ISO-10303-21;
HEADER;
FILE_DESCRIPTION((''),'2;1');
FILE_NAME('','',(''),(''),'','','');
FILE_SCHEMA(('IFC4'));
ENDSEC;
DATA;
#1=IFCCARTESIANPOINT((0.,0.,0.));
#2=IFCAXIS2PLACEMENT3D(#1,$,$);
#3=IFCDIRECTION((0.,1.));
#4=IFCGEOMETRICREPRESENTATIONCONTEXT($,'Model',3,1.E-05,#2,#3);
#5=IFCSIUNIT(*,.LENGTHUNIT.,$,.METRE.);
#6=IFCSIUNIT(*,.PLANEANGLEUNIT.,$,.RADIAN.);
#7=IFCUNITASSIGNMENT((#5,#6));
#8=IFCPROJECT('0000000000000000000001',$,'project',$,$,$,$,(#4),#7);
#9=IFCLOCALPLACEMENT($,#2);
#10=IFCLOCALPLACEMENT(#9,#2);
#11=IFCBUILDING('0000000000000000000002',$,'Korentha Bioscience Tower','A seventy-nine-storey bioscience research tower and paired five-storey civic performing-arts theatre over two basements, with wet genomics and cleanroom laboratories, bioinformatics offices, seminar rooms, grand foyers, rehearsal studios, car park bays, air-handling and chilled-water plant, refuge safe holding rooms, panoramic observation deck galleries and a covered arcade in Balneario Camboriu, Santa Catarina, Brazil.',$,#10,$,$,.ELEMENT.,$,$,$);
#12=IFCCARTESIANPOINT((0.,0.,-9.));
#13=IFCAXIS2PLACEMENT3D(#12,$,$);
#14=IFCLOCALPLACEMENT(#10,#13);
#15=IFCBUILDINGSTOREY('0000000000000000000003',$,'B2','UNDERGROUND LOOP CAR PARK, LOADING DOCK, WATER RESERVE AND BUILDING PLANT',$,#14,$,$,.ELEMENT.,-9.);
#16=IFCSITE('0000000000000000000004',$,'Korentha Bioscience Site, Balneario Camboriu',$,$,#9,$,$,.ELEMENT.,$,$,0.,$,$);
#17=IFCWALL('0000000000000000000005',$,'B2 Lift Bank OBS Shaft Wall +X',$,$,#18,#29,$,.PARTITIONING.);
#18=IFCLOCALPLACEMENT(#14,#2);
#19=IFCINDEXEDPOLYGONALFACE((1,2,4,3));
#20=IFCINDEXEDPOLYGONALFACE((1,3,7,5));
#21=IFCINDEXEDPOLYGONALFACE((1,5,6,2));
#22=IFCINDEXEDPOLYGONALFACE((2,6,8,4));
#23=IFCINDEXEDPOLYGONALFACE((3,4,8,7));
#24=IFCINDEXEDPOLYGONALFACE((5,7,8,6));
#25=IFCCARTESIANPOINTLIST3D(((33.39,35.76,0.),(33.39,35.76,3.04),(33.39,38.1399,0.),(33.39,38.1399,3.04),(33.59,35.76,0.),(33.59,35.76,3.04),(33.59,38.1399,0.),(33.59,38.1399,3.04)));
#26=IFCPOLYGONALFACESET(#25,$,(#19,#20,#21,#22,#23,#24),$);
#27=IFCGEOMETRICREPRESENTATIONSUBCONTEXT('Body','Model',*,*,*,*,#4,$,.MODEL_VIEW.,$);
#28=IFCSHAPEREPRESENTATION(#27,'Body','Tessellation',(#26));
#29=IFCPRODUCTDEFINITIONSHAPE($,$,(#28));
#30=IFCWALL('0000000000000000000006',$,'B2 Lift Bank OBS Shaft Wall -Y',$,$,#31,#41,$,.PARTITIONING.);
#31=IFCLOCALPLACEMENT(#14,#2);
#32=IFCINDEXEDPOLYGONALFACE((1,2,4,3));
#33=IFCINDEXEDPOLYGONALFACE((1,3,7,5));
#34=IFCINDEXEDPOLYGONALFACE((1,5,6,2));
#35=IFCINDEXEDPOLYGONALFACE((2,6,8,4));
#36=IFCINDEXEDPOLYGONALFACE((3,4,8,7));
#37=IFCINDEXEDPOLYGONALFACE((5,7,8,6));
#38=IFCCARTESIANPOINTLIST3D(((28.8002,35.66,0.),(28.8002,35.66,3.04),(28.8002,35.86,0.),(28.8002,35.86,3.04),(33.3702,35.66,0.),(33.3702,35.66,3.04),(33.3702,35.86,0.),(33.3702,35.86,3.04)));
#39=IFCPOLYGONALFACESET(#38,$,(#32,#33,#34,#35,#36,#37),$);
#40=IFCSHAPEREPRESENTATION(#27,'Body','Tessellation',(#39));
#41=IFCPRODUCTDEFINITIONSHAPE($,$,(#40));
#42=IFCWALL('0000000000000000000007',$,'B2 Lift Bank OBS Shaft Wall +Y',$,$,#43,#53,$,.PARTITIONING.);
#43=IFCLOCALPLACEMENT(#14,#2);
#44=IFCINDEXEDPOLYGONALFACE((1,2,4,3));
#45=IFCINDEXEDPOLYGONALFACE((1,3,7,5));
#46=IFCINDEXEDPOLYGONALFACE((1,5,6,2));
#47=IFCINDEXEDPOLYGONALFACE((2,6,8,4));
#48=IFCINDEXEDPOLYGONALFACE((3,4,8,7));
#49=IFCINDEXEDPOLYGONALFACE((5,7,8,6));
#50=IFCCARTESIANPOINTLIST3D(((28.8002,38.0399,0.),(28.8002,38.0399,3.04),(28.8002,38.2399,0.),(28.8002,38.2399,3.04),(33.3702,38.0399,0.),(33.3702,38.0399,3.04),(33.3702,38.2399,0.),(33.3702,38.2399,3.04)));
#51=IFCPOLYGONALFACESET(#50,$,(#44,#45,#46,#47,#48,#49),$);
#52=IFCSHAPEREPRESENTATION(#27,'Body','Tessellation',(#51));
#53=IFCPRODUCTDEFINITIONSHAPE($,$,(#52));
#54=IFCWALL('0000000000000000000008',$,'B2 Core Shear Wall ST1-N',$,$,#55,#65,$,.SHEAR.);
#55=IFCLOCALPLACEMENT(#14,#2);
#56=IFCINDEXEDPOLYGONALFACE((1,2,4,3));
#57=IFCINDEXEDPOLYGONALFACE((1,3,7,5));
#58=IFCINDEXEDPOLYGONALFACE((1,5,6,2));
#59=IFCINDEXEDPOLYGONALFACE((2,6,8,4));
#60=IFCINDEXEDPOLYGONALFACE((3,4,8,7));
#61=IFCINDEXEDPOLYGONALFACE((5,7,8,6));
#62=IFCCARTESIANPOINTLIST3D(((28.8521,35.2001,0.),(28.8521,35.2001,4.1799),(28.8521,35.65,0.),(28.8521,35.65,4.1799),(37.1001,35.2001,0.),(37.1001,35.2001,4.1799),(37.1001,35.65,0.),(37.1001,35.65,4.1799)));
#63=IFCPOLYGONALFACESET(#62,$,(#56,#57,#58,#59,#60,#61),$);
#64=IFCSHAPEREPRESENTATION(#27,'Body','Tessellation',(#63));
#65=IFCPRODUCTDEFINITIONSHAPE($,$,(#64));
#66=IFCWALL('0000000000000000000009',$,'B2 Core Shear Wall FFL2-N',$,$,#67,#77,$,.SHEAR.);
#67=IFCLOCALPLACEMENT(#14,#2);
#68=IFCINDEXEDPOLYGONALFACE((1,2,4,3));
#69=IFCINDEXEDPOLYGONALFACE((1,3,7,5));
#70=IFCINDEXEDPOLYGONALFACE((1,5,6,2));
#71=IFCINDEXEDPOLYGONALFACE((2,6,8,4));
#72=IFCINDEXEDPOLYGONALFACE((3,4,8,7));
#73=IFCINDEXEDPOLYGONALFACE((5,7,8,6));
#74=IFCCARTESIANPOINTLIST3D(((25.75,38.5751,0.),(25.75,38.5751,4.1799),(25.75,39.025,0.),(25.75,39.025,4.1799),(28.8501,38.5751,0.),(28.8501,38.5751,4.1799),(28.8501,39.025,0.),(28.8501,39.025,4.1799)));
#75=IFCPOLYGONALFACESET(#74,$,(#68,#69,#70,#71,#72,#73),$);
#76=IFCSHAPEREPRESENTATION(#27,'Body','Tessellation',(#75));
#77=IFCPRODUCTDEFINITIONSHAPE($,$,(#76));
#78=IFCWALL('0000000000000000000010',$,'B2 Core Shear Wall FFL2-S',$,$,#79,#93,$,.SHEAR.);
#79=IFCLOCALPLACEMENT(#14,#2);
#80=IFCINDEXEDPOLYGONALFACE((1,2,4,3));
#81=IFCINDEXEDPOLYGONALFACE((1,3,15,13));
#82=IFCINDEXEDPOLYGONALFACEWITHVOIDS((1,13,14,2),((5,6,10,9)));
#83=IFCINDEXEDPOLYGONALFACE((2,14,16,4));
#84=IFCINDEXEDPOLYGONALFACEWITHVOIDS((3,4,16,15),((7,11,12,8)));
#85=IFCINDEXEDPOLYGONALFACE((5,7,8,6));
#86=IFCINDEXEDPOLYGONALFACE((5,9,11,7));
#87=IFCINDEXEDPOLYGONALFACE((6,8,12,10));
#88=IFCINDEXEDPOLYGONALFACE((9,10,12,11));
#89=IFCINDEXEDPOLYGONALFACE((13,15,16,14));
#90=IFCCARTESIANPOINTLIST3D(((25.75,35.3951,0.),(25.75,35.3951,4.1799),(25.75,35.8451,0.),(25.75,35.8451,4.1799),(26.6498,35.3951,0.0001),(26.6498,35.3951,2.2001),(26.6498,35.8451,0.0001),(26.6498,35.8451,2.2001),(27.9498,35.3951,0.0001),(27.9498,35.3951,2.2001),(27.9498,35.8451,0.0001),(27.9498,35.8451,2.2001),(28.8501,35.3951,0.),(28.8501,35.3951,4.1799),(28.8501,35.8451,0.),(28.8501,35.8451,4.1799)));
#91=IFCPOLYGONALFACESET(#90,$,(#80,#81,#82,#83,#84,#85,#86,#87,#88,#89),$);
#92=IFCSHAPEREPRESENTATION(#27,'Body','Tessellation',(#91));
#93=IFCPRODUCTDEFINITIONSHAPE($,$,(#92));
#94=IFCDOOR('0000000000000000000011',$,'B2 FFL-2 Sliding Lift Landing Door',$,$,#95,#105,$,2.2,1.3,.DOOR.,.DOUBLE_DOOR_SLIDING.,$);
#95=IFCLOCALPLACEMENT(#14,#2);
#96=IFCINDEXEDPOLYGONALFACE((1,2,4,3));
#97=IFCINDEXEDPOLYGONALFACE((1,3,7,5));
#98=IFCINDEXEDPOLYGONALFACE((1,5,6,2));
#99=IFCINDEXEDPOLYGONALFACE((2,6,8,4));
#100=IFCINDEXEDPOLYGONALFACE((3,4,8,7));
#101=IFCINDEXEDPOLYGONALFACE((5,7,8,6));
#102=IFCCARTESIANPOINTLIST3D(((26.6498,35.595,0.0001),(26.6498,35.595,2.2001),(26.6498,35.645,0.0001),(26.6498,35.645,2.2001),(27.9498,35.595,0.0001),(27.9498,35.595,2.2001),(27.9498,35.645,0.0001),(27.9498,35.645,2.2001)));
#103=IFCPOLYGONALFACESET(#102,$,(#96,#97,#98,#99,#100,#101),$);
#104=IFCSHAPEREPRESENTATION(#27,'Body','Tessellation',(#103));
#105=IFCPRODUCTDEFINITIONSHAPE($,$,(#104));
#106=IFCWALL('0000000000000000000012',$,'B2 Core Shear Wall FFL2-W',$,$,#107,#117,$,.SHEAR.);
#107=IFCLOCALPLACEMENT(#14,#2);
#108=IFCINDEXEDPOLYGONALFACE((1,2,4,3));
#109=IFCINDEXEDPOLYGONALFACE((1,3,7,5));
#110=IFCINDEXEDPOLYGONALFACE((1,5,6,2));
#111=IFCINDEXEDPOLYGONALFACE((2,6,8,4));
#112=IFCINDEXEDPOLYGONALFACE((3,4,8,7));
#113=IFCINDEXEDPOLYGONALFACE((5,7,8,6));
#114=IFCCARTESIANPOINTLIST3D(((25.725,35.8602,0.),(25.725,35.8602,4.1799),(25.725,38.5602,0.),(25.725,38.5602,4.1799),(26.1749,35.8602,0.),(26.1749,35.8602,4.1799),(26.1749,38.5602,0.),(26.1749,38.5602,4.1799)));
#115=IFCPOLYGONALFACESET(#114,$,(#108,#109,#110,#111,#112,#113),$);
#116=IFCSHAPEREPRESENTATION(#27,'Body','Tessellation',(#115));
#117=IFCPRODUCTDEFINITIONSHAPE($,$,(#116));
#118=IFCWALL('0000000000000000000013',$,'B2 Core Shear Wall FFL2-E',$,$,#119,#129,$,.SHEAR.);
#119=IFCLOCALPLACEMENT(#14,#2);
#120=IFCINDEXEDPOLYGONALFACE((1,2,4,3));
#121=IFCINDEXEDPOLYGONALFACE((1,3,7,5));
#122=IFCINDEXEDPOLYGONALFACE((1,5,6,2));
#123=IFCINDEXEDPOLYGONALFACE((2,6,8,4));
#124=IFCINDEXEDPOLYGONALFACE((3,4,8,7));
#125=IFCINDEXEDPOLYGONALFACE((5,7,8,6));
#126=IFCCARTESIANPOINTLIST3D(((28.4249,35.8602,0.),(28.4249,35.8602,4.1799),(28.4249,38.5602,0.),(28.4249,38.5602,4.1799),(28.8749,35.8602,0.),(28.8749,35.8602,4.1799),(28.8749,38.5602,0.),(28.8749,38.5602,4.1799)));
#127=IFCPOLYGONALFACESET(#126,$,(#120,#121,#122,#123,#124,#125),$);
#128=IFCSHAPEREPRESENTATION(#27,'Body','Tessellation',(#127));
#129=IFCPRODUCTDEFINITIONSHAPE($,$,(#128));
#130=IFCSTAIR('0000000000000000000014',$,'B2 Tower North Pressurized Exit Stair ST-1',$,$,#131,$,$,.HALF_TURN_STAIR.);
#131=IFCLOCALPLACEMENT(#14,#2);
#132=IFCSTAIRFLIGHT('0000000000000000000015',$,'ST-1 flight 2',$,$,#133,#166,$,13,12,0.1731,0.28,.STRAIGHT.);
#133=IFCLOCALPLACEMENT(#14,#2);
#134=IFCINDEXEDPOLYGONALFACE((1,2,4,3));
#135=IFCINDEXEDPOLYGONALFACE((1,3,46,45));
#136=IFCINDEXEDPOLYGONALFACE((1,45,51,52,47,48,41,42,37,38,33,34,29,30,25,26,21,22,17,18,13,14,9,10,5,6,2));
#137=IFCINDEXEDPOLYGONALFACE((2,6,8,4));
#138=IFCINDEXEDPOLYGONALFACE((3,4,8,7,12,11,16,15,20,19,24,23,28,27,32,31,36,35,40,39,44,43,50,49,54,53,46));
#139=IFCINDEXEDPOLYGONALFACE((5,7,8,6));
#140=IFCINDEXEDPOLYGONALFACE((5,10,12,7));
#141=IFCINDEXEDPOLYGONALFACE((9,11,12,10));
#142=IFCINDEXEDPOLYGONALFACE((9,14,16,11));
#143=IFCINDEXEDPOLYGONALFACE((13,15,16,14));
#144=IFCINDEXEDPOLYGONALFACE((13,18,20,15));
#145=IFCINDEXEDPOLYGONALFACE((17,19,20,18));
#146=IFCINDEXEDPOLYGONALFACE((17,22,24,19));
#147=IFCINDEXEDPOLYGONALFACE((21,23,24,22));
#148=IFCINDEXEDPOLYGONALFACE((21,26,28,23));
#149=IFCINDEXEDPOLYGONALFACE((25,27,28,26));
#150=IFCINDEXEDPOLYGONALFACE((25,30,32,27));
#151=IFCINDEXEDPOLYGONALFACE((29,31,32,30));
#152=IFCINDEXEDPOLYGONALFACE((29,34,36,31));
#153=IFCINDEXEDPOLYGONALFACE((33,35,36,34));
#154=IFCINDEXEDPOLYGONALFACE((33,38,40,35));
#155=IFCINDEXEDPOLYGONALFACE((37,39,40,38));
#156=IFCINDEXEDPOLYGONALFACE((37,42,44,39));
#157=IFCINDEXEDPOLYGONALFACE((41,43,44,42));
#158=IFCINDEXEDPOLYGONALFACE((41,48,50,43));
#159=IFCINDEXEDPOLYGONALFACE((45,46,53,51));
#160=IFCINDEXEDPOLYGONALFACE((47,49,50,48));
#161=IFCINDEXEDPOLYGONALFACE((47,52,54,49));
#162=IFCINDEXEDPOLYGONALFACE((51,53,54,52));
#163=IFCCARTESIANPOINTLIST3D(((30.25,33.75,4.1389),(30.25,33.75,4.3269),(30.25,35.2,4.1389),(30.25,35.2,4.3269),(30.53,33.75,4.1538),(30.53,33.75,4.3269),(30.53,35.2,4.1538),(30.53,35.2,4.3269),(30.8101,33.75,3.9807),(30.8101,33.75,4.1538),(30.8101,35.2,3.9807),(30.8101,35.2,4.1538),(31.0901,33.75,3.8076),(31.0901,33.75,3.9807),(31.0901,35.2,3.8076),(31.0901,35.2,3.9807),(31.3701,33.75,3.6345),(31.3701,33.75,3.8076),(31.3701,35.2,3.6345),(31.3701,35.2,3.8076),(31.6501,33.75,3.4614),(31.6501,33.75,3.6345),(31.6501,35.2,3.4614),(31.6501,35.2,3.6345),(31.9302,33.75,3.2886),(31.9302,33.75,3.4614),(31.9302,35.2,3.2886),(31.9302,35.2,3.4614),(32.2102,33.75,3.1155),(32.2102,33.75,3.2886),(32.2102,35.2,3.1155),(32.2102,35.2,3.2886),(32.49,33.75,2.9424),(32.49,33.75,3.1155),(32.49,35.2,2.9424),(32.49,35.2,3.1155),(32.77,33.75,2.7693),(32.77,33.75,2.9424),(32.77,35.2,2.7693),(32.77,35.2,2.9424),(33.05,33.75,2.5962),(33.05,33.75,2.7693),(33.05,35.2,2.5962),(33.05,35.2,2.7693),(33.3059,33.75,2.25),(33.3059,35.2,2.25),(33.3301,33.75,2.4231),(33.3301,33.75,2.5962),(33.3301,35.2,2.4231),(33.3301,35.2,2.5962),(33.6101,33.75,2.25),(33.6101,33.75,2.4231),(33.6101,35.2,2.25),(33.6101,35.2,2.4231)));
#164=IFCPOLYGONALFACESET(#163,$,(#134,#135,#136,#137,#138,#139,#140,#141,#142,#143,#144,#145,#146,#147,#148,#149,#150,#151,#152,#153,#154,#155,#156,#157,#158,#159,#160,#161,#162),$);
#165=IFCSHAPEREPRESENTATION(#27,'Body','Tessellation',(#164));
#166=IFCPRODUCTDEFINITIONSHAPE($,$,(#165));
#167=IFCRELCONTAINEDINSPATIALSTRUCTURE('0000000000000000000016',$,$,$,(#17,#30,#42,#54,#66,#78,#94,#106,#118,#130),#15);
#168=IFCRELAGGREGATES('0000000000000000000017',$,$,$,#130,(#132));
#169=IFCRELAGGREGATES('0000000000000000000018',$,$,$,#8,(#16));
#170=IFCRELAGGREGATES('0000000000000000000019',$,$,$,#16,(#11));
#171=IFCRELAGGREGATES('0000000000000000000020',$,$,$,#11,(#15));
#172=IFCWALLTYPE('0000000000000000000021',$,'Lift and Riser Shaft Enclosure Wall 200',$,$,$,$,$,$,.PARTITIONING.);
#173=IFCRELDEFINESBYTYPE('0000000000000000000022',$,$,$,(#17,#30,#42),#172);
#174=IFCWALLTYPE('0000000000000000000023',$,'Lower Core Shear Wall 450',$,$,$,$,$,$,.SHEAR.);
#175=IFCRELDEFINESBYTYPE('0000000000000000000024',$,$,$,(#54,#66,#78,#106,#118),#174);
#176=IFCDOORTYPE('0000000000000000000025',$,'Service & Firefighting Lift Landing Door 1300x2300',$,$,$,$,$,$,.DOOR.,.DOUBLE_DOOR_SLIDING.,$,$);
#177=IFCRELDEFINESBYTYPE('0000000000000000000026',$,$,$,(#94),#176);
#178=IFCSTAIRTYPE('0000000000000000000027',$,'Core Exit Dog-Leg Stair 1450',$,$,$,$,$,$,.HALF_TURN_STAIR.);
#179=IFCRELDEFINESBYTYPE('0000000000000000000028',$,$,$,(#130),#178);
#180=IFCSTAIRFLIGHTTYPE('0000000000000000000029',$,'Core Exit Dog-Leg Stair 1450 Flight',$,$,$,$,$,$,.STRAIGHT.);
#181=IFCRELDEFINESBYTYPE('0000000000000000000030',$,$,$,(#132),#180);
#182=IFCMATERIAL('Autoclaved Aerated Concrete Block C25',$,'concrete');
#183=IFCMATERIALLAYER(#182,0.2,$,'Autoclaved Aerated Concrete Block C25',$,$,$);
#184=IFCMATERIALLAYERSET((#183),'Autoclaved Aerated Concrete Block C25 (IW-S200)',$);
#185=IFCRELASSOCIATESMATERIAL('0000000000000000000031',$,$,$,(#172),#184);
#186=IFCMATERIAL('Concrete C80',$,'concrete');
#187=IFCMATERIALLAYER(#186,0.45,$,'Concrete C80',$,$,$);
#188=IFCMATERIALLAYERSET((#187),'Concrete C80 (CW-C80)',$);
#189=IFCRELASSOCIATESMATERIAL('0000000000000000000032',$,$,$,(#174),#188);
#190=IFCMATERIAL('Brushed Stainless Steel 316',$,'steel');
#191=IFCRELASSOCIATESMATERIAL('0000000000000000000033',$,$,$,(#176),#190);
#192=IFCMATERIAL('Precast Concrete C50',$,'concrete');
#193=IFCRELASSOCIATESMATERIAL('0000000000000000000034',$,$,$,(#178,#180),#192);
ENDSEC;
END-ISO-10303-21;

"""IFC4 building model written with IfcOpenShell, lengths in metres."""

from ifc_helpers import new_model, si_unit, direction, frame, frame_2d, origin, place, context, subcontext, project, spatial, polyline, rectangle, outline, extrude, material, layer, layer_set, type_object, element, fill, aggregate, save


model = new_model("IFC4")

# Units and contexts
model_context = context("Model", 3, precision=1e-05, world=origin(), true_north=direction((0.0, 1.0)))
body_context = subcontext(model_context, "Body", "Model", "MODEL_VIEW")
ifc_project = project(units=[si_unit("LENGTHUNIT", "METRE"), si_unit("PLANEANGLEUNIT", "RADIAN")], contexts=[model_context])

# Site, building, storey
site_placement = place(None, origin())
site = spatial("IfcSite", under=ifc_project, at=site_placement, Name="Korentha Bioscience Site, Balneario Camboriu", CompositionType="ELEMENT", RefElevation=0.0)
building_placement = place(site_placement, origin())
building = spatial("IfcBuilding", under=site, at=building_placement, Name="Korentha Bioscience Tower", Description="A seventy-nine-storey bioscience research tower and paired five-storey civic performing-arts theatre over two basements, with wet genomics and cleanroom laboratories, bioinformatics offices, seminar rooms, grand foyers, rehearsal studios, car park bays, air-handling and chilled-water plant, refuge safe holding rooms, panoramic observation deck galleries and a covered arcade in Balneario Camboriu, Santa Catarina, Brazil.", CompositionType="ELEMENT")
storey_placement = place(building_placement, frame((0.0, 0.0, -9.0)))
storey = spatial("IfcBuildingStorey", under=building, at=storey_placement, Name="B2", Description="UNDERGROUND LOOP CAR PARK, LOADING DOCK, WATER RESERVE AND BUILDING PLANT", CompositionType="ELEMENT", Elevation=-9.0)

# Shared definitions
ifc_material_1 = material(Name="Concrete C80", Category="concrete")

# Walls
ifc_material_2 = material(Name="Autoclaved Aerated Concrete Block C25", Category="concrete")
ifc_layer_1 = layer(ifc_material_2, 0.2, Name="Autoclaved Aerated Concrete Block C25")
ifc_layer_set_1 = layer_set([ifc_layer_1], Name="Autoclaved Aerated Concrete Block C25 (IW-S200)")
wall_type_1 = type_object("IfcWallType", Name="Lift and Riser Shaft Enclosure Wall 200", PredefinedType="PARTITIONING", material=ifc_layer_set_1)
wall_1_placement = place(storey_placement, frame((33.49, 35.76, 0.0), z_axis=(0.0, 0.0, 1.0), x_axis=(0.0, 1.0, 0.0)))
element("IfcWall", 1, at=wall_1_placement, inside=storey, type_object=wall_type_1, Name="B2 Lift Bank OBS Shaft Wall +X", PredefinedType="PARTITIONING", context=body_context, shape_type="SweptSolid", body=[
    extrude(rectangle(XDim=2.3799, YDim=0.2, at=frame_2d((1.1899, 0.0))), origin(), (0.0, 0.0, 1.0), 3.04),
])
for number, where, z_axis, x_axis, name in (
    (2, (28.8, 35.76, 0.0), (0.0, 0.0, 1.0), (1.0, 0.0, 0.0), "B2 Lift Bank OBS Shaft Wall -Y"),
    (3, (28.8, 38.1399, 0.0), (0.0, 0.0, 1.0), (1.0, 0.0, 0.0), "B2 Lift Bank OBS Shaft Wall +Y"),
):
    element("IfcWall", number, at=place(storey_placement, frame(where, z_axis=z_axis, x_axis=x_axis)), inside=storey, type_object=wall_type_1, Name=name, PredefinedType="PARTITIONING", context=body_context, shape_type="SweptSolid", body=[
        extrude(rectangle(XDim=4.5701, YDim=0.2, at=frame_2d((2.2852, 0.0))), origin(), (0.0, 0.0, 1.0), 3.04),
    ])
ifc_layer_2 = layer(ifc_material_1, 0.45, Name="Concrete C80")
ifc_layer_set_2 = layer_set([ifc_layer_2], Name="Concrete C80 (CW-C80)")
wall_type_2 = type_object("IfcWallType", Name="Lower Core Shear Wall 450", PredefinedType="SHEAR", material=ifc_layer_set_2)
wall_2_placement = place(storey_placement, frame((28.8521, 35.425, 0.0), z_axis=(0.0, 0.0, 1.0), x_axis=(1.0, 0.0, 0.0)))
element("IfcWall", 4, at=wall_2_placement, inside=storey, type_object=wall_type_2, Name="B2 Core Shear Wall ST1-N", PredefinedType="SHEAR", context=body_context, shape_type="SweptSolid", body=[
    extrude(rectangle(XDim=8.248, YDim=0.45, at=frame_2d((4.124, 0.0))), origin(), (0.0, 0.0, 1.0), 4.1799),
])
wall_3_placement = place(storey_placement, frame((25.75, 38.8, 0.0), z_axis=(0.0, 0.0, 1.0), x_axis=(1.0, 0.0, 0.0)))
element("IfcWall", 5, at=wall_3_placement, inside=storey, type_object=wall_type_2, Name="B2 Core Shear Wall FFL2-N", PredefinedType="SHEAR", context=body_context, shape_type="SweptSolid", body=[
    extrude(rectangle(XDim=3.1001, YDim=0.45, at=frame_2d((1.55, 0.0))), origin(), (0.0, 0.0, 1.0), 4.1799),
])

# Wall, opening, door
wall_4_placement = place(storey_placement, frame((25.75, 35.6201, 0.0), z_axis=(0.0, 0.0, 1.0), x_axis=(1.0, 0.0, 0.0)))
wall_4 = element("IfcWall", 6, at=wall_4_placement, inside=storey, type_object=wall_type_2, Name="B2 Core Shear Wall FFL2-S", PredefinedType="SHEAR", context=body_context, shape_type="SweptSolid", body=[
    extrude(rectangle(XDim=3.1001, YDim=0.45, at=frame_2d((1.55, 0.0))), origin(), (0.0, 0.0, 1.0), 4.1799),
])
opening_placement = place(wall_4_placement, frame((0.8999, 0.0, 0.0)))
opening = element("IfcOpeningElement", 7, at=opening_placement, cuts=wall_4, PredefinedType="OPENING", context=body_context, shape_type="SweptSolid", body=[
    extrude(rectangle(XDim=1.3, YDim=2.2, at=frame_2d((0.6499, 1.1001))), frame((0.0, 0.2397, 0.0), z_axis=(0.0, -1.0, 0.0), x_axis=(1.0, 0.0, 0.0)), (0.0, 0.0, 1.0), 0.4797),
])
ifc_material_3 = material(Name="Brushed Stainless Steel 316", Category="steel")
door_type = type_object("IfcDoorType", Name="Service & Firefighting Lift Landing Door 1300x2300", OperationType="DOUBLE_DOOR_SLIDING", PredefinedType="DOOR", material=ifc_material_3)
door_placement = place(opening_placement, origin())
door = element("IfcDoor", 8, at=door_placement, inside=storey, type_object=door_type, Name="B2 FFL-2 Sliding Lift Landing Door", OperationType="DOUBLE_DOOR_SLIDING", OverallHeight=2.2, OverallWidth=1.3, PredefinedType="DOOR", context=body_context, shape_type="SweptSolid", body=[
    extrude(rectangle(XDim=1.3, YDim=2.2, at=frame_2d((0.6499, 1.1001))), frame((0.0, 0.0249, 0.0), z_axis=(0.0, -1.0, 0.0), x_axis=(1.0, 0.0, 0.0)), (0.0, 0.0, 1.0), 0.05),
])
fill(opening, door)

# Walls
for number, where, z_axis, x_axis, name in (
    (9, (25.95, 35.8601, 0.0), (0.0, 0.0, 1.0), (0.0, 1.0, 0.0), "B2 Core Shear Wall FFL2-W"),
    (10, (28.6499, 35.8601, 0.0), (0.0, 0.0, 1.0), (0.0, 1.0, 0.0), "B2 Core Shear Wall FFL2-E"),
):
    element("IfcWall", number, at=place(storey_placement, frame(where, z_axis=z_axis, x_axis=x_axis)), inside=storey, type_object=wall_type_2, Name=name, PredefinedType="SHEAR", context=body_context, shape_type="SweptSolid", body=[
        extrude(rectangle(XDim=2.7, YDim=0.45, at=frame_2d((1.3501, 0.0))), origin(), (0.0, 0.0, 1.0), 4.1799),
    ])

# Stair, stair flight
ifc_material_4 = material(Name="Precast Concrete C50", Category="concrete")
stair_type = type_object("IfcStairType", Name="Core Exit Dog-Leg Stair 1450", PredefinedType="HALF_TURN_STAIR", material=ifc_material_4)
stair_placement = place(storey_placement, origin())
stair = element("IfcStair", 11, at=stair_placement, inside=storey, type_object=stair_type, Name="B2 Tower North Pressurized Exit Stair ST-1", PredefinedType="HALF_TURN_STAIR")
stair_flight_type = type_object("IfcStairFlightType", Name="Core Exit Dog-Leg Stair 1450 Flight", PredefinedType="STRAIGHT", material=ifc_material_4)
stair_flight_placement = place(storey_placement, frame((33.6101, 34.4751, 2.25), z_axis=(0.0, 0.0, 1.0), x_axis=(-1.0, 0.0, 0.0)))
stair_flight = element("IfcStairFlight", 12, at=stair_flight_placement, type_object=stair_flight_type, Name="ST-1 flight 2", NumberOfRisers=13, NumberOfTreads=12, PredefinedType="STRAIGHT", RiserHeight=0.1731, TreadLength=0.28, context=body_context, shape_type="SweptSolid", body=[
    extrude(outline(polyline([(0.0, 0.0), (0.0, 0.1731), (0.28, 0.1731), (0.28, 0.3462), (0.5601, 0.3462), (0.5601, 0.5193), (0.8401, 0.5193), (0.8401, 0.6924), (1.1201, 0.6924), (1.1201, 0.8655), (1.3999, 0.8655), (1.3999, 1.0386), (1.6799, 1.0386), (1.6799, 1.2114), (1.96, 1.2114), (1.96, 1.3845), (2.24, 1.3845), (2.24, 1.5576), (2.52, 1.5576), (2.52, 1.7307), (2.8, 1.7307), (2.8, 1.9038), (3.0801, 1.9038), (3.0801, 2.0769), (3.3601, 2.0769), (3.3601, 2.25), (3.3601, 1.8889), (0.3042, 0.0), (0.0, 0.0)])), frame((0.0, 0.7251, 0.0), z_axis=(0.0, -1.0, 0.0), x_axis=(1.0, 0.0, 0.0)), (0.0, 0.0, 1.0), 1.45),
])
aggregate(stair, [stair_flight])

save(model, "model.ifc")
